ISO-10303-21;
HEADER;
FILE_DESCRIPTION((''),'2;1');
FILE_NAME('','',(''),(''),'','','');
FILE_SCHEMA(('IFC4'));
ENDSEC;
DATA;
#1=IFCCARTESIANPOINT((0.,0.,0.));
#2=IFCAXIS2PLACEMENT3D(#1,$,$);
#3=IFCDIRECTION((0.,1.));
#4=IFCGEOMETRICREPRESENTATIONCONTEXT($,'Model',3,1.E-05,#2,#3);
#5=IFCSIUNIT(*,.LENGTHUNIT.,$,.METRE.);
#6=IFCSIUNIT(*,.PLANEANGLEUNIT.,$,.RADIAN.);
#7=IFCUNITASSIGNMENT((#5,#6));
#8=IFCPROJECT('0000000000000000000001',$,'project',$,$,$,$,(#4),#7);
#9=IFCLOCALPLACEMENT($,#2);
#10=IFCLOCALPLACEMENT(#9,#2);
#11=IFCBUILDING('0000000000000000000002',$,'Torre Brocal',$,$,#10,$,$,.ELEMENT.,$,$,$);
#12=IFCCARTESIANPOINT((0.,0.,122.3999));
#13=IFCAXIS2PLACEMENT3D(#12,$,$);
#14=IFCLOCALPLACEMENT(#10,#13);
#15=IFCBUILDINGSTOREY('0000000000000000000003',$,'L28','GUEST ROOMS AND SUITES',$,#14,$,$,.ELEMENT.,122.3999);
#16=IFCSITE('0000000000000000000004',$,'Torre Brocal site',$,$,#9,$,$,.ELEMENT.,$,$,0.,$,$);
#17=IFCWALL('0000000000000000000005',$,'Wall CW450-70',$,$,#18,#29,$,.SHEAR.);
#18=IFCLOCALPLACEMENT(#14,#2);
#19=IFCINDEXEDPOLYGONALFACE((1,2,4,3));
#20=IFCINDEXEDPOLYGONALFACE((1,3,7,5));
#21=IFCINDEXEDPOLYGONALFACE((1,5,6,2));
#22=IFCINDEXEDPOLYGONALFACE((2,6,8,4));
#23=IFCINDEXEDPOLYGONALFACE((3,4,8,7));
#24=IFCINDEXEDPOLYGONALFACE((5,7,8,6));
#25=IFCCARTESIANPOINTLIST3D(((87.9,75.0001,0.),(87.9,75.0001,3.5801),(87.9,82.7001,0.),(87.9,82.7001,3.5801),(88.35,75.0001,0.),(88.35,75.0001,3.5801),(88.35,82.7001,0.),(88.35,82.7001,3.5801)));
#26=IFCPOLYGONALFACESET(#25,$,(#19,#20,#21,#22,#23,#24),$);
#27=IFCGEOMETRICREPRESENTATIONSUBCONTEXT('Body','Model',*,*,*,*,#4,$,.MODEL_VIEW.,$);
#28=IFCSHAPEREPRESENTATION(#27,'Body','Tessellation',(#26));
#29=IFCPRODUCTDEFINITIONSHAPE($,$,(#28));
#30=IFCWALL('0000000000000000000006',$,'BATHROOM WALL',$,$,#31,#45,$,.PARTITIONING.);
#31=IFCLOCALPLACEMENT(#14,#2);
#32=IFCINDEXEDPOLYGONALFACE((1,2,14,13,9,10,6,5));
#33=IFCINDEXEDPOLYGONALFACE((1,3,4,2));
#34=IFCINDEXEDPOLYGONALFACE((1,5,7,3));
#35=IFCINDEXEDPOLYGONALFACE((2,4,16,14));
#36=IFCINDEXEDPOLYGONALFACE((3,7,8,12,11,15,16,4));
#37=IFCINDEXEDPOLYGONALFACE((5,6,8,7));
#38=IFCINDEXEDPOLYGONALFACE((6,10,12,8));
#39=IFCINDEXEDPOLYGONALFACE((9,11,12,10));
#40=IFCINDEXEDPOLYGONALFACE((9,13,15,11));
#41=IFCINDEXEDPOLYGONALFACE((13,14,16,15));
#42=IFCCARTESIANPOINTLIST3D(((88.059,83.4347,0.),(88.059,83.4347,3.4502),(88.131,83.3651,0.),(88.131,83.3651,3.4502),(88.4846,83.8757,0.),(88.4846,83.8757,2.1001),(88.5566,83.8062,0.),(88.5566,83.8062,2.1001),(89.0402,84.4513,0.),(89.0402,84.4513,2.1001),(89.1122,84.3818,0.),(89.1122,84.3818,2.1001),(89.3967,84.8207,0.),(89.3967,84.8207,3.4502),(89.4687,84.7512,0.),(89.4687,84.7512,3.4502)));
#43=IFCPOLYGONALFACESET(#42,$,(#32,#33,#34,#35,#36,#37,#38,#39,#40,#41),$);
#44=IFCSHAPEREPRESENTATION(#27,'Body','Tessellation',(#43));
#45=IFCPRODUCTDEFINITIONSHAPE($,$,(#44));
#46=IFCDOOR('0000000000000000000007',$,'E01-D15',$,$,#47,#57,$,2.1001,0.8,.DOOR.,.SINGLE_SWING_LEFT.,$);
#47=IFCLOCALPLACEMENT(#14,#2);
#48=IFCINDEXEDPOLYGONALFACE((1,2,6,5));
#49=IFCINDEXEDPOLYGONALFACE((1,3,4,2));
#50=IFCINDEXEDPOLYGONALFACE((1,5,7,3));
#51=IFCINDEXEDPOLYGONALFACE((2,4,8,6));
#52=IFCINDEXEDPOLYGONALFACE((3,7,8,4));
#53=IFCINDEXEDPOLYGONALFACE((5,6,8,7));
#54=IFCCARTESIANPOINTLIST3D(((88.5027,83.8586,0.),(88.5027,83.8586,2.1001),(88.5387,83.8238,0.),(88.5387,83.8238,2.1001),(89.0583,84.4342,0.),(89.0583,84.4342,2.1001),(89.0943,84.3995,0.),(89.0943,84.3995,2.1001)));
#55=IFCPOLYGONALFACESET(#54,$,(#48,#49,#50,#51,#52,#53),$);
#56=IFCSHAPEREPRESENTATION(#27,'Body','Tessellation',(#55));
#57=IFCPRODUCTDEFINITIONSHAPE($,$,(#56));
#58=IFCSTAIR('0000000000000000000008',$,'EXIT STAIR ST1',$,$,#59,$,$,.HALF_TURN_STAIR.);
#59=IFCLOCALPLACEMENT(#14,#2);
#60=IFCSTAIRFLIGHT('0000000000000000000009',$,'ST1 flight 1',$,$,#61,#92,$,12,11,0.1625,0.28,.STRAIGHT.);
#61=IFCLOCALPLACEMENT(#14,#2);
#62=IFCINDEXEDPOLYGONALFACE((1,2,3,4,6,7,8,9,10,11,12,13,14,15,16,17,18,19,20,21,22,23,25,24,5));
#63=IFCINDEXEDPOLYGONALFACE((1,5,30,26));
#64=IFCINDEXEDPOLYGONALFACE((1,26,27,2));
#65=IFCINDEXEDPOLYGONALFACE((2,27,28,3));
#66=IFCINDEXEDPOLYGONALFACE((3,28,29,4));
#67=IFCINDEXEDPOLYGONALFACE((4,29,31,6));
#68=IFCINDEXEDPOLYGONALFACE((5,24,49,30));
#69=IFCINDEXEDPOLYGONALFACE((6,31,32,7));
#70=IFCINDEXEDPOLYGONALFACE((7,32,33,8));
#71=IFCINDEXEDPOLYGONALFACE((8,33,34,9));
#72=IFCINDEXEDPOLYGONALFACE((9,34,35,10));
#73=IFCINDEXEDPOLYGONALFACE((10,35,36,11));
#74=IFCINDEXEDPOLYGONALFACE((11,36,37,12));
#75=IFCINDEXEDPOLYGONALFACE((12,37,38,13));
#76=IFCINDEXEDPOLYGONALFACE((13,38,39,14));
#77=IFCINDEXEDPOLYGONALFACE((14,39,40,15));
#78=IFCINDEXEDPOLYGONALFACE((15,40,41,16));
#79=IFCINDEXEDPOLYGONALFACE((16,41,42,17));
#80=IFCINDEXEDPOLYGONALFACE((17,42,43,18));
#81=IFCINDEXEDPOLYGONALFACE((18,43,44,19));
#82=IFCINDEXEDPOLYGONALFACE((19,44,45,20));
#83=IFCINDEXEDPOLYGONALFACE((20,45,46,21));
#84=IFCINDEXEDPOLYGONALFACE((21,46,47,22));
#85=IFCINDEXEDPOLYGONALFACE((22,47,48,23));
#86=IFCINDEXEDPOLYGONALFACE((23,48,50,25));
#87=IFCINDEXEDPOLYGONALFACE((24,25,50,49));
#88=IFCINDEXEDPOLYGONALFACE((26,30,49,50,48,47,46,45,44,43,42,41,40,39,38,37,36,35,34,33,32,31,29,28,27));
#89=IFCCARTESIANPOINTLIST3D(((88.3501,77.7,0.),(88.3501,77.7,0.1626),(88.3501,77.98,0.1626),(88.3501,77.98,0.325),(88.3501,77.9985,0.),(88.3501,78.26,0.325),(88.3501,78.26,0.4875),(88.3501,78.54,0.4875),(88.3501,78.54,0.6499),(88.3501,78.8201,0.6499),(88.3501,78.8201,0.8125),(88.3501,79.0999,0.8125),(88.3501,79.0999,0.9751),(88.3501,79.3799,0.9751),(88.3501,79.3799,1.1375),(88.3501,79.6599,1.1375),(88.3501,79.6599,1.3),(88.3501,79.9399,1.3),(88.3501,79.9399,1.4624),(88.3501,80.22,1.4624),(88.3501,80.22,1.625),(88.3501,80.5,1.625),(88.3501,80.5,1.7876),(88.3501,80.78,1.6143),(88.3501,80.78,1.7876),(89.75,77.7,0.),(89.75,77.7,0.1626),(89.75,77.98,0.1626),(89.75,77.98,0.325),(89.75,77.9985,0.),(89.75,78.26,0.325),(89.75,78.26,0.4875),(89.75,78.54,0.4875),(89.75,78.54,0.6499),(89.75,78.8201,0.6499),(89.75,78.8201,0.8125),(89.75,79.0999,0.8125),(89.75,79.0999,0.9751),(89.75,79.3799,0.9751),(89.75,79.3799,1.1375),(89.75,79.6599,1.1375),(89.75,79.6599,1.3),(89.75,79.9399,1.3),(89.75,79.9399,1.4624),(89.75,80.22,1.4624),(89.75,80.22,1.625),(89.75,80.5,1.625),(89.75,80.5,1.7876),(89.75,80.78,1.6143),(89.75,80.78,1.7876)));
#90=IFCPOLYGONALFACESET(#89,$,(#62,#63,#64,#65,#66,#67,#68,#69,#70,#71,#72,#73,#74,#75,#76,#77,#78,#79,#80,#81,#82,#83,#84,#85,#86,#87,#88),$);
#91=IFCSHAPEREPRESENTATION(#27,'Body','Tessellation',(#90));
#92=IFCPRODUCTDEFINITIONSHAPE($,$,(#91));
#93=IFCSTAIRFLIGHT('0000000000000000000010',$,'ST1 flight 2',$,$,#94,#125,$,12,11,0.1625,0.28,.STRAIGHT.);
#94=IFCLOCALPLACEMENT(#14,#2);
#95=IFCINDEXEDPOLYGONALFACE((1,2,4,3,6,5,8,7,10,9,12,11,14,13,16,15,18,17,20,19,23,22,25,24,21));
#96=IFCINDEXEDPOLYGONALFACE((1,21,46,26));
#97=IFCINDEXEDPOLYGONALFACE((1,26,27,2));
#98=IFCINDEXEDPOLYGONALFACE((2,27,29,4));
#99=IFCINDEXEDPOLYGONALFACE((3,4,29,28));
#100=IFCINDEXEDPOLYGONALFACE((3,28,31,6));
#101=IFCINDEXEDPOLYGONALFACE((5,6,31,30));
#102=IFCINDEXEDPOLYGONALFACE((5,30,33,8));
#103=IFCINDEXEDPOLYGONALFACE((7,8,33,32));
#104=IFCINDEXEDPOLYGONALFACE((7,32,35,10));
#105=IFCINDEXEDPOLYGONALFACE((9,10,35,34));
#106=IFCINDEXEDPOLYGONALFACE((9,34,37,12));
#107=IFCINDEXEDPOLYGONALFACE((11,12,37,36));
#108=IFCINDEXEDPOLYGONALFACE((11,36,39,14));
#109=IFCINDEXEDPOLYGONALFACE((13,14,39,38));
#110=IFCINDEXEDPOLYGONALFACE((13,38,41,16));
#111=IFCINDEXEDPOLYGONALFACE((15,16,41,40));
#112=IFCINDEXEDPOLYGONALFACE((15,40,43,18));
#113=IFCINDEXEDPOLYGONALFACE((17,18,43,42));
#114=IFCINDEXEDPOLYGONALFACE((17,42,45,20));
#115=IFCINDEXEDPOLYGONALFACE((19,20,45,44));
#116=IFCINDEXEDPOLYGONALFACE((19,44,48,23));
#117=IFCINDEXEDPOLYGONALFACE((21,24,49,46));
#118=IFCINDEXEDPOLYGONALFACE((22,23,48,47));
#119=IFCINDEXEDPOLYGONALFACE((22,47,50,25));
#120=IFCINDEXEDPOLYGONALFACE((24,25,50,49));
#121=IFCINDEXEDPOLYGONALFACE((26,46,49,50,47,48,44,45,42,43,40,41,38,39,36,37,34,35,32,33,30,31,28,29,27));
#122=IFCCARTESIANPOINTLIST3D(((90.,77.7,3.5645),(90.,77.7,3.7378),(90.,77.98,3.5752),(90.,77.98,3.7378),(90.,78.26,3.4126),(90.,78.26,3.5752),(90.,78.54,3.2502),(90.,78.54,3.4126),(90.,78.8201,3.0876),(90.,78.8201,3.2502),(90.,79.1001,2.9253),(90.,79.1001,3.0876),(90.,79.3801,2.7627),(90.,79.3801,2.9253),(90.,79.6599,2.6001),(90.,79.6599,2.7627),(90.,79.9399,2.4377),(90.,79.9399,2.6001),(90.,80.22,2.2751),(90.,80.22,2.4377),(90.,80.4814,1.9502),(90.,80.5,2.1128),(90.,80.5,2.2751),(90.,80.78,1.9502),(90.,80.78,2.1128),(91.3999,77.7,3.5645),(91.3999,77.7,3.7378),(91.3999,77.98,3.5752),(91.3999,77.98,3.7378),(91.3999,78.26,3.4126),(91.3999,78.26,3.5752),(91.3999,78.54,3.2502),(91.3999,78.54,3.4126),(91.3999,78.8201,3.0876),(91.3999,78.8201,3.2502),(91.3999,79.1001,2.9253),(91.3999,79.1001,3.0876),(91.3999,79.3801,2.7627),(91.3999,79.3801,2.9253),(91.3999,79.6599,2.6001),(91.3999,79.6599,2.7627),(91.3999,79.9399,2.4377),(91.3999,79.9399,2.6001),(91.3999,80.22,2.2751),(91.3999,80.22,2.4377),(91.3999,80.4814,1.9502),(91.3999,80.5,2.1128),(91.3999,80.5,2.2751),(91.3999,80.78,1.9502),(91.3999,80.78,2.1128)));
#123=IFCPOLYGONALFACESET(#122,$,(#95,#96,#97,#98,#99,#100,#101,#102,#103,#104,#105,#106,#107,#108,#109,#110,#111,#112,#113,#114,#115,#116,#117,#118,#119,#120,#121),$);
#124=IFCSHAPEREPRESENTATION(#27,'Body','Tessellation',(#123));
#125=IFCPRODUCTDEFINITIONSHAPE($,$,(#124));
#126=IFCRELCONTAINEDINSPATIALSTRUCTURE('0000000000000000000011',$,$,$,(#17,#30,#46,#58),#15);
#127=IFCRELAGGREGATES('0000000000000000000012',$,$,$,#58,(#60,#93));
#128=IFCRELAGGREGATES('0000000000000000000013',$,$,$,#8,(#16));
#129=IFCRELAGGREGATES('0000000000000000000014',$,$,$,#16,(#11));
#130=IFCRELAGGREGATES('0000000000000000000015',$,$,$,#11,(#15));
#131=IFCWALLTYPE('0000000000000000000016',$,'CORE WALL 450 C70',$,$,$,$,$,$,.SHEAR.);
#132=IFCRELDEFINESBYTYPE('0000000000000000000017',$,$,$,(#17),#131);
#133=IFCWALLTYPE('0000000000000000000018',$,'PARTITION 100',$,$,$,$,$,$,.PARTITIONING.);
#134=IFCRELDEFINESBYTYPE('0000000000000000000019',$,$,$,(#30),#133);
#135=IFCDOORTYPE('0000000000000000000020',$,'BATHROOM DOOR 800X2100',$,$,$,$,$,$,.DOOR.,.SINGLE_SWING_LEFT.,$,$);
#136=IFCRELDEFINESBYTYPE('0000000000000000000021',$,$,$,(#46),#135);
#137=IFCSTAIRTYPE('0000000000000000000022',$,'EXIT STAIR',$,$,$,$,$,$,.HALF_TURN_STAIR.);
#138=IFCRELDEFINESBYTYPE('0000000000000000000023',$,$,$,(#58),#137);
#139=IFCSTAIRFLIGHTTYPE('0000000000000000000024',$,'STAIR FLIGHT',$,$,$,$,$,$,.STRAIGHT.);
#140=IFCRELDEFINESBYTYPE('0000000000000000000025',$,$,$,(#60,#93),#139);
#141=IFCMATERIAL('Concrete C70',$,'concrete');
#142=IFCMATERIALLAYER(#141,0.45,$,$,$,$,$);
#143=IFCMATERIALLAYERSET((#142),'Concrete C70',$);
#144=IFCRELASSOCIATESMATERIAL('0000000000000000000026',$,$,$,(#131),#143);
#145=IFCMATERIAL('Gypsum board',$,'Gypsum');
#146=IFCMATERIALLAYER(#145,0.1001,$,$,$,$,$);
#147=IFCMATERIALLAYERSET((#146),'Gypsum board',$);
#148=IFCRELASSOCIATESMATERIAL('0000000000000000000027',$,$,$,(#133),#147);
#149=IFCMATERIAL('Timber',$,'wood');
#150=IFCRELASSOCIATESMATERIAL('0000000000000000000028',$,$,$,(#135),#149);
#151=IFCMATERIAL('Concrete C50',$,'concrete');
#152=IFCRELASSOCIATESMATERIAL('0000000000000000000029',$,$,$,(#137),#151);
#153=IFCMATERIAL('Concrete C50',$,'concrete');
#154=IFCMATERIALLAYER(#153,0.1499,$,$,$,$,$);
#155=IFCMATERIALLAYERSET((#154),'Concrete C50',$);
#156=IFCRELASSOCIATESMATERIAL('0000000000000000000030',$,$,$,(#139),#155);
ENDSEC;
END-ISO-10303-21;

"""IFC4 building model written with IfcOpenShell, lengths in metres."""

from ifc_helpers import new_model, si_unit, direction, frame, frame_2d, origin, place, context, subcontext, project, spatial, polyline, rectangle, outline, extrude, material, layer, layer_set, type_object, element, fill, aggregate, save


model = new_model("IFC4")

# Units and contexts
model_context = context("Model", 3, precision=1e-05, world=origin(), true_north=direction((0.0, 1.0)))
body_context = subcontext(model_context, "Body", "Model", "MODEL_VIEW")
ifc_project = project(units=[si_unit("LENGTHUNIT", "METRE"), si_unit("PLANEANGLEUNIT", "RADIAN")], contexts=[model_context])

# Site, building, storey
site_placement = place(None, origin())
site = spatial("IfcSite", under=ifc_project, at=site_placement, Name="Torre Brocal site", CompositionType="ELEMENT", RefElevation=0.0)
building_placement = place(site_placement, origin())
building = spatial("IfcBuilding", under=site, at=building_placement, Name="Torre Brocal", CompositionType="ELEMENT")
storey_placement = place(building_placement, frame((0.0, 0.0, 122.3999)))
storey = spatial("IfcBuildingStorey", under=building, at=storey_placement, Name="L28", Description="GUEST ROOMS AND SUITES", CompositionType="ELEMENT", Elevation=122.3999)

# Wall
ifc_material_1 = material(Name="Concrete C70", Category="concrete")
ifc_layer_1 = layer(ifc_material_1, 0.45)
ifc_layer_set_1 = layer_set([ifc_layer_1], Name="Concrete C70")
wall_type_1 = type_object("IfcWallType", Name="CORE WALL 450 C70", PredefinedType="SHEAR", material=ifc_layer_set_1)
wall_1_placement = place(storey_placement, frame((88.125, 75.0, 0.0), z_axis=(0.0, 0.0, 1.0), x_axis=(0.0, 1.0, 0.0)))
element("IfcWall", 1, at=wall_1_placement, inside=storey, type_object=wall_type_1, Name="Wall CW450-70", PredefinedType="SHEAR", context=body_context, shape_type="SweptSolid", body=[
    extrude(rectangle(XDim=7.7, YDim=0.45, at=frame_2d((3.8501, 0.0))), origin(), (0.0, 0.0, 1.0), 3.5801),
])

# Wall, opening, door
ifc_material_2 = material(Name="Gypsum board", Category="Gypsum")
ifc_layer_2 = layer(ifc_material_2, 0.1001)
ifc_layer_set_2 = layer_set([ifc_layer_2], Name="Gypsum board")
wall_type_2 = type_object("IfcWallType", Name="PARTITION 100", PredefinedType="PARTITIONING", material=ifc_layer_set_2)
wall_2_placement = place(storey_placement, frame((88.095, 83.3999, 0.0), z_axis=(0.0, 0.0, 1.0), x_axis=(0.694447, 0.719543, 0.0)))
wall_2 = element("IfcWall", 2, at=wall_2_placement, inside=storey, type_object=wall_type_2, Name="BATHROOM WALL", PredefinedType="PARTITIONING", context=body_context, shape_type="SweptSolid", body=[
    extrude(rectangle(XDim=1.9263, YDim=0.1001, at=frame_2d((0.9631, 0.0))), origin(), (0.0, 0.0, 1.0), 3.4502),
])
opening_1_placement = place(wall_2_placement, frame((0.613, 0.0, 0.0)))
opening_1 = element("IfcOpeningElement", 3, at=opening_1_placement, cuts=wall_2, PredefinedType="OPENING", context=body_context, shape_type="SweptSolid", body=[
    extrude(rectangle(XDim=0.8, YDim=2.1001, at=frame_2d((0.3999, 1.05))), frame((0.0, 0.0601, 0.0), z_axis=(0.0, -1.0, 0.0), x_axis=(1.0, 0.0, 0.0)), (0.0, 0.0, 1.0), 0.1201),
])
ifc_material_3 = material(Name="Timber", Category="wood")
door_type_1 = type_object("IfcDoorType", Name="BATHROOM DOOR 800X2100", OperationType="SINGLE_SWING_LEFT", PredefinedType="DOOR", material=ifc_material_3)
door_1_placement = place(opening_1_placement, frame((0.8, 0.0, 0.0), z_axis=(0.0, 0.0, 1.0), x_axis=(-1.0, 0.0, 0.0)))
door_1 = element("IfcDoor", 4, at=door_1_placement, inside=storey, type_object=door_type_1, Name="E01-D15", OperationType="SINGLE_SWING_LEFT", OverallHeight=2.1001, OverallWidth=0.8, PredefinedType="DOOR", context=body_context, shape_type="SweptSolid", body=[
    extrude(rectangle(XDim=0.8, YDim=2.1001, at=frame_2d((0.3999, 1.05))), frame((0.0, 0.0249, 0.0), z_axis=(0.0, -1.0, 0.0), x_axis=(1.0, 0.0, 0.0)), (0.0, 0.0, 1.0), 0.05),
])
fill(opening_1, door_1)

# Stair, stair flights
ifc_material_4 = material(Name="Concrete C50", Category="concrete")
stair_type = type_object("IfcStairType", Name="EXIT STAIR", PredefinedType="HALF_TURN_STAIR", material=ifc_material_4)
stair_placement = place(storey_placement, origin())
stair = element("IfcStair", 5, at=stair_placement, inside=storey, type_object=stair_type, Name="EXIT STAIR ST1", PredefinedType="HALF_TURN_STAIR")
ifc_material_5 = material(Name="Concrete C50", Category="concrete")
ifc_layer_3 = layer(ifc_material_5, 0.1499)
ifc_layer_set_3 = layer_set([ifc_layer_3], Name="Concrete C50")
stair_flight_type = type_object("IfcStairFlightType", Name="STAIR FLIGHT", PredefinedType="STRAIGHT", material=ifc_layer_set_3)
stair_flight_1_placement = place(storey_placement, frame((89.05, 77.7, 0.0), z_axis=(0.0, 0.0, 1.0), x_axis=(0.0, 1.0, 0.0)))
stair_flight_1 = element("IfcStairFlight", 6, at=stair_flight_1_placement, type_object=stair_flight_type, Name="ST1 flight 1", NumberOfRisers=12, NumberOfTreads=11, PredefinedType="STRAIGHT", RiserHeight=0.1625, TreadLength=0.28, context=body_context, shape_type="SweptSolid", body=[
    extrude(outline(polyline([(0.0, 0.0), (0.0, 0.1626), (0.28, 0.1626), (0.28, 0.325), (0.5601, 0.325), (0.5601, 0.4875), (0.8401, 0.4875), (0.8401, 0.6499), (1.1201, 0.6499), (1.1201, 0.8125), (1.3999, 0.8125), (1.3999, 0.9751), (1.6799, 0.9751), (1.6799, 1.1375), (1.96, 1.1375), (1.96, 1.3), (2.24, 1.3), (2.24, 1.4624), (2.52, 1.4624), (2.52, 1.625), (2.8, 1.625), (2.8, 1.7876), (3.0801, 1.7876), (3.0801, 1.95), (3.0801, 1.6143), (0.2986, 0.0), (0.0, 0.0)])), frame((0.0, 0.7, 0.0), z_axis=(0.0, -1.0, 0.0), x_axis=(1.0, 0.0, 0.0)), (0.0, 0.0, 1.0), 1.3999),
])
stair_flight_2_placement = place(storey_placement, frame((90.7, 80.78, 1.9502), z_axis=(0.0, 0.0, 1.0), x_axis=(0.0, -1.0, 0.0)))
stair_flight_2 = element("IfcStairFlight", 7, at=stair_flight_2_placement, type_object=stair_flight_type, Name="ST1 flight 2", NumberOfRisers=12, NumberOfTreads=11, PredefinedType="STRAIGHT", RiserHeight=0.1625, TreadLength=0.28, context=body_context, shape_type="SweptSolid", body=[
    extrude(outline(polyline([(0.0, 0.0), (0.0, 0.1626), (0.28, 0.1626), (0.28, 0.325), (0.5601, 0.325), (0.5601, 0.4875), (0.8401, 0.4875), (0.8401, 0.6499), (1.1201, 0.6499), (1.1201, 0.8125), (1.3999, 0.8125), (1.3999, 0.9751), (1.6799, 0.9751), (1.6799, 1.1375), (1.96, 1.1375), (1.96, 1.3), (2.24, 1.3), (2.24, 1.4624), (2.52, 1.4624), (2.52, 1.625), (2.8, 1.625), (2.8, 1.7876), (3.0801, 1.7876), (3.0801, 1.95), (3.0801, 1.6143), (0.2986, 0.0), (0.0, 0.0)])), frame((0.0, 0.7, 0.0), z_axis=(0.0, -1.0, 0.0), x_axis=(1.0, 0.0, 0.0)), (0.0, 0.0, 1.0), 1.3999),
])
aggregate(stair, [stair_flight_1, stair_flight_2])

save(model, "model.ifc")
